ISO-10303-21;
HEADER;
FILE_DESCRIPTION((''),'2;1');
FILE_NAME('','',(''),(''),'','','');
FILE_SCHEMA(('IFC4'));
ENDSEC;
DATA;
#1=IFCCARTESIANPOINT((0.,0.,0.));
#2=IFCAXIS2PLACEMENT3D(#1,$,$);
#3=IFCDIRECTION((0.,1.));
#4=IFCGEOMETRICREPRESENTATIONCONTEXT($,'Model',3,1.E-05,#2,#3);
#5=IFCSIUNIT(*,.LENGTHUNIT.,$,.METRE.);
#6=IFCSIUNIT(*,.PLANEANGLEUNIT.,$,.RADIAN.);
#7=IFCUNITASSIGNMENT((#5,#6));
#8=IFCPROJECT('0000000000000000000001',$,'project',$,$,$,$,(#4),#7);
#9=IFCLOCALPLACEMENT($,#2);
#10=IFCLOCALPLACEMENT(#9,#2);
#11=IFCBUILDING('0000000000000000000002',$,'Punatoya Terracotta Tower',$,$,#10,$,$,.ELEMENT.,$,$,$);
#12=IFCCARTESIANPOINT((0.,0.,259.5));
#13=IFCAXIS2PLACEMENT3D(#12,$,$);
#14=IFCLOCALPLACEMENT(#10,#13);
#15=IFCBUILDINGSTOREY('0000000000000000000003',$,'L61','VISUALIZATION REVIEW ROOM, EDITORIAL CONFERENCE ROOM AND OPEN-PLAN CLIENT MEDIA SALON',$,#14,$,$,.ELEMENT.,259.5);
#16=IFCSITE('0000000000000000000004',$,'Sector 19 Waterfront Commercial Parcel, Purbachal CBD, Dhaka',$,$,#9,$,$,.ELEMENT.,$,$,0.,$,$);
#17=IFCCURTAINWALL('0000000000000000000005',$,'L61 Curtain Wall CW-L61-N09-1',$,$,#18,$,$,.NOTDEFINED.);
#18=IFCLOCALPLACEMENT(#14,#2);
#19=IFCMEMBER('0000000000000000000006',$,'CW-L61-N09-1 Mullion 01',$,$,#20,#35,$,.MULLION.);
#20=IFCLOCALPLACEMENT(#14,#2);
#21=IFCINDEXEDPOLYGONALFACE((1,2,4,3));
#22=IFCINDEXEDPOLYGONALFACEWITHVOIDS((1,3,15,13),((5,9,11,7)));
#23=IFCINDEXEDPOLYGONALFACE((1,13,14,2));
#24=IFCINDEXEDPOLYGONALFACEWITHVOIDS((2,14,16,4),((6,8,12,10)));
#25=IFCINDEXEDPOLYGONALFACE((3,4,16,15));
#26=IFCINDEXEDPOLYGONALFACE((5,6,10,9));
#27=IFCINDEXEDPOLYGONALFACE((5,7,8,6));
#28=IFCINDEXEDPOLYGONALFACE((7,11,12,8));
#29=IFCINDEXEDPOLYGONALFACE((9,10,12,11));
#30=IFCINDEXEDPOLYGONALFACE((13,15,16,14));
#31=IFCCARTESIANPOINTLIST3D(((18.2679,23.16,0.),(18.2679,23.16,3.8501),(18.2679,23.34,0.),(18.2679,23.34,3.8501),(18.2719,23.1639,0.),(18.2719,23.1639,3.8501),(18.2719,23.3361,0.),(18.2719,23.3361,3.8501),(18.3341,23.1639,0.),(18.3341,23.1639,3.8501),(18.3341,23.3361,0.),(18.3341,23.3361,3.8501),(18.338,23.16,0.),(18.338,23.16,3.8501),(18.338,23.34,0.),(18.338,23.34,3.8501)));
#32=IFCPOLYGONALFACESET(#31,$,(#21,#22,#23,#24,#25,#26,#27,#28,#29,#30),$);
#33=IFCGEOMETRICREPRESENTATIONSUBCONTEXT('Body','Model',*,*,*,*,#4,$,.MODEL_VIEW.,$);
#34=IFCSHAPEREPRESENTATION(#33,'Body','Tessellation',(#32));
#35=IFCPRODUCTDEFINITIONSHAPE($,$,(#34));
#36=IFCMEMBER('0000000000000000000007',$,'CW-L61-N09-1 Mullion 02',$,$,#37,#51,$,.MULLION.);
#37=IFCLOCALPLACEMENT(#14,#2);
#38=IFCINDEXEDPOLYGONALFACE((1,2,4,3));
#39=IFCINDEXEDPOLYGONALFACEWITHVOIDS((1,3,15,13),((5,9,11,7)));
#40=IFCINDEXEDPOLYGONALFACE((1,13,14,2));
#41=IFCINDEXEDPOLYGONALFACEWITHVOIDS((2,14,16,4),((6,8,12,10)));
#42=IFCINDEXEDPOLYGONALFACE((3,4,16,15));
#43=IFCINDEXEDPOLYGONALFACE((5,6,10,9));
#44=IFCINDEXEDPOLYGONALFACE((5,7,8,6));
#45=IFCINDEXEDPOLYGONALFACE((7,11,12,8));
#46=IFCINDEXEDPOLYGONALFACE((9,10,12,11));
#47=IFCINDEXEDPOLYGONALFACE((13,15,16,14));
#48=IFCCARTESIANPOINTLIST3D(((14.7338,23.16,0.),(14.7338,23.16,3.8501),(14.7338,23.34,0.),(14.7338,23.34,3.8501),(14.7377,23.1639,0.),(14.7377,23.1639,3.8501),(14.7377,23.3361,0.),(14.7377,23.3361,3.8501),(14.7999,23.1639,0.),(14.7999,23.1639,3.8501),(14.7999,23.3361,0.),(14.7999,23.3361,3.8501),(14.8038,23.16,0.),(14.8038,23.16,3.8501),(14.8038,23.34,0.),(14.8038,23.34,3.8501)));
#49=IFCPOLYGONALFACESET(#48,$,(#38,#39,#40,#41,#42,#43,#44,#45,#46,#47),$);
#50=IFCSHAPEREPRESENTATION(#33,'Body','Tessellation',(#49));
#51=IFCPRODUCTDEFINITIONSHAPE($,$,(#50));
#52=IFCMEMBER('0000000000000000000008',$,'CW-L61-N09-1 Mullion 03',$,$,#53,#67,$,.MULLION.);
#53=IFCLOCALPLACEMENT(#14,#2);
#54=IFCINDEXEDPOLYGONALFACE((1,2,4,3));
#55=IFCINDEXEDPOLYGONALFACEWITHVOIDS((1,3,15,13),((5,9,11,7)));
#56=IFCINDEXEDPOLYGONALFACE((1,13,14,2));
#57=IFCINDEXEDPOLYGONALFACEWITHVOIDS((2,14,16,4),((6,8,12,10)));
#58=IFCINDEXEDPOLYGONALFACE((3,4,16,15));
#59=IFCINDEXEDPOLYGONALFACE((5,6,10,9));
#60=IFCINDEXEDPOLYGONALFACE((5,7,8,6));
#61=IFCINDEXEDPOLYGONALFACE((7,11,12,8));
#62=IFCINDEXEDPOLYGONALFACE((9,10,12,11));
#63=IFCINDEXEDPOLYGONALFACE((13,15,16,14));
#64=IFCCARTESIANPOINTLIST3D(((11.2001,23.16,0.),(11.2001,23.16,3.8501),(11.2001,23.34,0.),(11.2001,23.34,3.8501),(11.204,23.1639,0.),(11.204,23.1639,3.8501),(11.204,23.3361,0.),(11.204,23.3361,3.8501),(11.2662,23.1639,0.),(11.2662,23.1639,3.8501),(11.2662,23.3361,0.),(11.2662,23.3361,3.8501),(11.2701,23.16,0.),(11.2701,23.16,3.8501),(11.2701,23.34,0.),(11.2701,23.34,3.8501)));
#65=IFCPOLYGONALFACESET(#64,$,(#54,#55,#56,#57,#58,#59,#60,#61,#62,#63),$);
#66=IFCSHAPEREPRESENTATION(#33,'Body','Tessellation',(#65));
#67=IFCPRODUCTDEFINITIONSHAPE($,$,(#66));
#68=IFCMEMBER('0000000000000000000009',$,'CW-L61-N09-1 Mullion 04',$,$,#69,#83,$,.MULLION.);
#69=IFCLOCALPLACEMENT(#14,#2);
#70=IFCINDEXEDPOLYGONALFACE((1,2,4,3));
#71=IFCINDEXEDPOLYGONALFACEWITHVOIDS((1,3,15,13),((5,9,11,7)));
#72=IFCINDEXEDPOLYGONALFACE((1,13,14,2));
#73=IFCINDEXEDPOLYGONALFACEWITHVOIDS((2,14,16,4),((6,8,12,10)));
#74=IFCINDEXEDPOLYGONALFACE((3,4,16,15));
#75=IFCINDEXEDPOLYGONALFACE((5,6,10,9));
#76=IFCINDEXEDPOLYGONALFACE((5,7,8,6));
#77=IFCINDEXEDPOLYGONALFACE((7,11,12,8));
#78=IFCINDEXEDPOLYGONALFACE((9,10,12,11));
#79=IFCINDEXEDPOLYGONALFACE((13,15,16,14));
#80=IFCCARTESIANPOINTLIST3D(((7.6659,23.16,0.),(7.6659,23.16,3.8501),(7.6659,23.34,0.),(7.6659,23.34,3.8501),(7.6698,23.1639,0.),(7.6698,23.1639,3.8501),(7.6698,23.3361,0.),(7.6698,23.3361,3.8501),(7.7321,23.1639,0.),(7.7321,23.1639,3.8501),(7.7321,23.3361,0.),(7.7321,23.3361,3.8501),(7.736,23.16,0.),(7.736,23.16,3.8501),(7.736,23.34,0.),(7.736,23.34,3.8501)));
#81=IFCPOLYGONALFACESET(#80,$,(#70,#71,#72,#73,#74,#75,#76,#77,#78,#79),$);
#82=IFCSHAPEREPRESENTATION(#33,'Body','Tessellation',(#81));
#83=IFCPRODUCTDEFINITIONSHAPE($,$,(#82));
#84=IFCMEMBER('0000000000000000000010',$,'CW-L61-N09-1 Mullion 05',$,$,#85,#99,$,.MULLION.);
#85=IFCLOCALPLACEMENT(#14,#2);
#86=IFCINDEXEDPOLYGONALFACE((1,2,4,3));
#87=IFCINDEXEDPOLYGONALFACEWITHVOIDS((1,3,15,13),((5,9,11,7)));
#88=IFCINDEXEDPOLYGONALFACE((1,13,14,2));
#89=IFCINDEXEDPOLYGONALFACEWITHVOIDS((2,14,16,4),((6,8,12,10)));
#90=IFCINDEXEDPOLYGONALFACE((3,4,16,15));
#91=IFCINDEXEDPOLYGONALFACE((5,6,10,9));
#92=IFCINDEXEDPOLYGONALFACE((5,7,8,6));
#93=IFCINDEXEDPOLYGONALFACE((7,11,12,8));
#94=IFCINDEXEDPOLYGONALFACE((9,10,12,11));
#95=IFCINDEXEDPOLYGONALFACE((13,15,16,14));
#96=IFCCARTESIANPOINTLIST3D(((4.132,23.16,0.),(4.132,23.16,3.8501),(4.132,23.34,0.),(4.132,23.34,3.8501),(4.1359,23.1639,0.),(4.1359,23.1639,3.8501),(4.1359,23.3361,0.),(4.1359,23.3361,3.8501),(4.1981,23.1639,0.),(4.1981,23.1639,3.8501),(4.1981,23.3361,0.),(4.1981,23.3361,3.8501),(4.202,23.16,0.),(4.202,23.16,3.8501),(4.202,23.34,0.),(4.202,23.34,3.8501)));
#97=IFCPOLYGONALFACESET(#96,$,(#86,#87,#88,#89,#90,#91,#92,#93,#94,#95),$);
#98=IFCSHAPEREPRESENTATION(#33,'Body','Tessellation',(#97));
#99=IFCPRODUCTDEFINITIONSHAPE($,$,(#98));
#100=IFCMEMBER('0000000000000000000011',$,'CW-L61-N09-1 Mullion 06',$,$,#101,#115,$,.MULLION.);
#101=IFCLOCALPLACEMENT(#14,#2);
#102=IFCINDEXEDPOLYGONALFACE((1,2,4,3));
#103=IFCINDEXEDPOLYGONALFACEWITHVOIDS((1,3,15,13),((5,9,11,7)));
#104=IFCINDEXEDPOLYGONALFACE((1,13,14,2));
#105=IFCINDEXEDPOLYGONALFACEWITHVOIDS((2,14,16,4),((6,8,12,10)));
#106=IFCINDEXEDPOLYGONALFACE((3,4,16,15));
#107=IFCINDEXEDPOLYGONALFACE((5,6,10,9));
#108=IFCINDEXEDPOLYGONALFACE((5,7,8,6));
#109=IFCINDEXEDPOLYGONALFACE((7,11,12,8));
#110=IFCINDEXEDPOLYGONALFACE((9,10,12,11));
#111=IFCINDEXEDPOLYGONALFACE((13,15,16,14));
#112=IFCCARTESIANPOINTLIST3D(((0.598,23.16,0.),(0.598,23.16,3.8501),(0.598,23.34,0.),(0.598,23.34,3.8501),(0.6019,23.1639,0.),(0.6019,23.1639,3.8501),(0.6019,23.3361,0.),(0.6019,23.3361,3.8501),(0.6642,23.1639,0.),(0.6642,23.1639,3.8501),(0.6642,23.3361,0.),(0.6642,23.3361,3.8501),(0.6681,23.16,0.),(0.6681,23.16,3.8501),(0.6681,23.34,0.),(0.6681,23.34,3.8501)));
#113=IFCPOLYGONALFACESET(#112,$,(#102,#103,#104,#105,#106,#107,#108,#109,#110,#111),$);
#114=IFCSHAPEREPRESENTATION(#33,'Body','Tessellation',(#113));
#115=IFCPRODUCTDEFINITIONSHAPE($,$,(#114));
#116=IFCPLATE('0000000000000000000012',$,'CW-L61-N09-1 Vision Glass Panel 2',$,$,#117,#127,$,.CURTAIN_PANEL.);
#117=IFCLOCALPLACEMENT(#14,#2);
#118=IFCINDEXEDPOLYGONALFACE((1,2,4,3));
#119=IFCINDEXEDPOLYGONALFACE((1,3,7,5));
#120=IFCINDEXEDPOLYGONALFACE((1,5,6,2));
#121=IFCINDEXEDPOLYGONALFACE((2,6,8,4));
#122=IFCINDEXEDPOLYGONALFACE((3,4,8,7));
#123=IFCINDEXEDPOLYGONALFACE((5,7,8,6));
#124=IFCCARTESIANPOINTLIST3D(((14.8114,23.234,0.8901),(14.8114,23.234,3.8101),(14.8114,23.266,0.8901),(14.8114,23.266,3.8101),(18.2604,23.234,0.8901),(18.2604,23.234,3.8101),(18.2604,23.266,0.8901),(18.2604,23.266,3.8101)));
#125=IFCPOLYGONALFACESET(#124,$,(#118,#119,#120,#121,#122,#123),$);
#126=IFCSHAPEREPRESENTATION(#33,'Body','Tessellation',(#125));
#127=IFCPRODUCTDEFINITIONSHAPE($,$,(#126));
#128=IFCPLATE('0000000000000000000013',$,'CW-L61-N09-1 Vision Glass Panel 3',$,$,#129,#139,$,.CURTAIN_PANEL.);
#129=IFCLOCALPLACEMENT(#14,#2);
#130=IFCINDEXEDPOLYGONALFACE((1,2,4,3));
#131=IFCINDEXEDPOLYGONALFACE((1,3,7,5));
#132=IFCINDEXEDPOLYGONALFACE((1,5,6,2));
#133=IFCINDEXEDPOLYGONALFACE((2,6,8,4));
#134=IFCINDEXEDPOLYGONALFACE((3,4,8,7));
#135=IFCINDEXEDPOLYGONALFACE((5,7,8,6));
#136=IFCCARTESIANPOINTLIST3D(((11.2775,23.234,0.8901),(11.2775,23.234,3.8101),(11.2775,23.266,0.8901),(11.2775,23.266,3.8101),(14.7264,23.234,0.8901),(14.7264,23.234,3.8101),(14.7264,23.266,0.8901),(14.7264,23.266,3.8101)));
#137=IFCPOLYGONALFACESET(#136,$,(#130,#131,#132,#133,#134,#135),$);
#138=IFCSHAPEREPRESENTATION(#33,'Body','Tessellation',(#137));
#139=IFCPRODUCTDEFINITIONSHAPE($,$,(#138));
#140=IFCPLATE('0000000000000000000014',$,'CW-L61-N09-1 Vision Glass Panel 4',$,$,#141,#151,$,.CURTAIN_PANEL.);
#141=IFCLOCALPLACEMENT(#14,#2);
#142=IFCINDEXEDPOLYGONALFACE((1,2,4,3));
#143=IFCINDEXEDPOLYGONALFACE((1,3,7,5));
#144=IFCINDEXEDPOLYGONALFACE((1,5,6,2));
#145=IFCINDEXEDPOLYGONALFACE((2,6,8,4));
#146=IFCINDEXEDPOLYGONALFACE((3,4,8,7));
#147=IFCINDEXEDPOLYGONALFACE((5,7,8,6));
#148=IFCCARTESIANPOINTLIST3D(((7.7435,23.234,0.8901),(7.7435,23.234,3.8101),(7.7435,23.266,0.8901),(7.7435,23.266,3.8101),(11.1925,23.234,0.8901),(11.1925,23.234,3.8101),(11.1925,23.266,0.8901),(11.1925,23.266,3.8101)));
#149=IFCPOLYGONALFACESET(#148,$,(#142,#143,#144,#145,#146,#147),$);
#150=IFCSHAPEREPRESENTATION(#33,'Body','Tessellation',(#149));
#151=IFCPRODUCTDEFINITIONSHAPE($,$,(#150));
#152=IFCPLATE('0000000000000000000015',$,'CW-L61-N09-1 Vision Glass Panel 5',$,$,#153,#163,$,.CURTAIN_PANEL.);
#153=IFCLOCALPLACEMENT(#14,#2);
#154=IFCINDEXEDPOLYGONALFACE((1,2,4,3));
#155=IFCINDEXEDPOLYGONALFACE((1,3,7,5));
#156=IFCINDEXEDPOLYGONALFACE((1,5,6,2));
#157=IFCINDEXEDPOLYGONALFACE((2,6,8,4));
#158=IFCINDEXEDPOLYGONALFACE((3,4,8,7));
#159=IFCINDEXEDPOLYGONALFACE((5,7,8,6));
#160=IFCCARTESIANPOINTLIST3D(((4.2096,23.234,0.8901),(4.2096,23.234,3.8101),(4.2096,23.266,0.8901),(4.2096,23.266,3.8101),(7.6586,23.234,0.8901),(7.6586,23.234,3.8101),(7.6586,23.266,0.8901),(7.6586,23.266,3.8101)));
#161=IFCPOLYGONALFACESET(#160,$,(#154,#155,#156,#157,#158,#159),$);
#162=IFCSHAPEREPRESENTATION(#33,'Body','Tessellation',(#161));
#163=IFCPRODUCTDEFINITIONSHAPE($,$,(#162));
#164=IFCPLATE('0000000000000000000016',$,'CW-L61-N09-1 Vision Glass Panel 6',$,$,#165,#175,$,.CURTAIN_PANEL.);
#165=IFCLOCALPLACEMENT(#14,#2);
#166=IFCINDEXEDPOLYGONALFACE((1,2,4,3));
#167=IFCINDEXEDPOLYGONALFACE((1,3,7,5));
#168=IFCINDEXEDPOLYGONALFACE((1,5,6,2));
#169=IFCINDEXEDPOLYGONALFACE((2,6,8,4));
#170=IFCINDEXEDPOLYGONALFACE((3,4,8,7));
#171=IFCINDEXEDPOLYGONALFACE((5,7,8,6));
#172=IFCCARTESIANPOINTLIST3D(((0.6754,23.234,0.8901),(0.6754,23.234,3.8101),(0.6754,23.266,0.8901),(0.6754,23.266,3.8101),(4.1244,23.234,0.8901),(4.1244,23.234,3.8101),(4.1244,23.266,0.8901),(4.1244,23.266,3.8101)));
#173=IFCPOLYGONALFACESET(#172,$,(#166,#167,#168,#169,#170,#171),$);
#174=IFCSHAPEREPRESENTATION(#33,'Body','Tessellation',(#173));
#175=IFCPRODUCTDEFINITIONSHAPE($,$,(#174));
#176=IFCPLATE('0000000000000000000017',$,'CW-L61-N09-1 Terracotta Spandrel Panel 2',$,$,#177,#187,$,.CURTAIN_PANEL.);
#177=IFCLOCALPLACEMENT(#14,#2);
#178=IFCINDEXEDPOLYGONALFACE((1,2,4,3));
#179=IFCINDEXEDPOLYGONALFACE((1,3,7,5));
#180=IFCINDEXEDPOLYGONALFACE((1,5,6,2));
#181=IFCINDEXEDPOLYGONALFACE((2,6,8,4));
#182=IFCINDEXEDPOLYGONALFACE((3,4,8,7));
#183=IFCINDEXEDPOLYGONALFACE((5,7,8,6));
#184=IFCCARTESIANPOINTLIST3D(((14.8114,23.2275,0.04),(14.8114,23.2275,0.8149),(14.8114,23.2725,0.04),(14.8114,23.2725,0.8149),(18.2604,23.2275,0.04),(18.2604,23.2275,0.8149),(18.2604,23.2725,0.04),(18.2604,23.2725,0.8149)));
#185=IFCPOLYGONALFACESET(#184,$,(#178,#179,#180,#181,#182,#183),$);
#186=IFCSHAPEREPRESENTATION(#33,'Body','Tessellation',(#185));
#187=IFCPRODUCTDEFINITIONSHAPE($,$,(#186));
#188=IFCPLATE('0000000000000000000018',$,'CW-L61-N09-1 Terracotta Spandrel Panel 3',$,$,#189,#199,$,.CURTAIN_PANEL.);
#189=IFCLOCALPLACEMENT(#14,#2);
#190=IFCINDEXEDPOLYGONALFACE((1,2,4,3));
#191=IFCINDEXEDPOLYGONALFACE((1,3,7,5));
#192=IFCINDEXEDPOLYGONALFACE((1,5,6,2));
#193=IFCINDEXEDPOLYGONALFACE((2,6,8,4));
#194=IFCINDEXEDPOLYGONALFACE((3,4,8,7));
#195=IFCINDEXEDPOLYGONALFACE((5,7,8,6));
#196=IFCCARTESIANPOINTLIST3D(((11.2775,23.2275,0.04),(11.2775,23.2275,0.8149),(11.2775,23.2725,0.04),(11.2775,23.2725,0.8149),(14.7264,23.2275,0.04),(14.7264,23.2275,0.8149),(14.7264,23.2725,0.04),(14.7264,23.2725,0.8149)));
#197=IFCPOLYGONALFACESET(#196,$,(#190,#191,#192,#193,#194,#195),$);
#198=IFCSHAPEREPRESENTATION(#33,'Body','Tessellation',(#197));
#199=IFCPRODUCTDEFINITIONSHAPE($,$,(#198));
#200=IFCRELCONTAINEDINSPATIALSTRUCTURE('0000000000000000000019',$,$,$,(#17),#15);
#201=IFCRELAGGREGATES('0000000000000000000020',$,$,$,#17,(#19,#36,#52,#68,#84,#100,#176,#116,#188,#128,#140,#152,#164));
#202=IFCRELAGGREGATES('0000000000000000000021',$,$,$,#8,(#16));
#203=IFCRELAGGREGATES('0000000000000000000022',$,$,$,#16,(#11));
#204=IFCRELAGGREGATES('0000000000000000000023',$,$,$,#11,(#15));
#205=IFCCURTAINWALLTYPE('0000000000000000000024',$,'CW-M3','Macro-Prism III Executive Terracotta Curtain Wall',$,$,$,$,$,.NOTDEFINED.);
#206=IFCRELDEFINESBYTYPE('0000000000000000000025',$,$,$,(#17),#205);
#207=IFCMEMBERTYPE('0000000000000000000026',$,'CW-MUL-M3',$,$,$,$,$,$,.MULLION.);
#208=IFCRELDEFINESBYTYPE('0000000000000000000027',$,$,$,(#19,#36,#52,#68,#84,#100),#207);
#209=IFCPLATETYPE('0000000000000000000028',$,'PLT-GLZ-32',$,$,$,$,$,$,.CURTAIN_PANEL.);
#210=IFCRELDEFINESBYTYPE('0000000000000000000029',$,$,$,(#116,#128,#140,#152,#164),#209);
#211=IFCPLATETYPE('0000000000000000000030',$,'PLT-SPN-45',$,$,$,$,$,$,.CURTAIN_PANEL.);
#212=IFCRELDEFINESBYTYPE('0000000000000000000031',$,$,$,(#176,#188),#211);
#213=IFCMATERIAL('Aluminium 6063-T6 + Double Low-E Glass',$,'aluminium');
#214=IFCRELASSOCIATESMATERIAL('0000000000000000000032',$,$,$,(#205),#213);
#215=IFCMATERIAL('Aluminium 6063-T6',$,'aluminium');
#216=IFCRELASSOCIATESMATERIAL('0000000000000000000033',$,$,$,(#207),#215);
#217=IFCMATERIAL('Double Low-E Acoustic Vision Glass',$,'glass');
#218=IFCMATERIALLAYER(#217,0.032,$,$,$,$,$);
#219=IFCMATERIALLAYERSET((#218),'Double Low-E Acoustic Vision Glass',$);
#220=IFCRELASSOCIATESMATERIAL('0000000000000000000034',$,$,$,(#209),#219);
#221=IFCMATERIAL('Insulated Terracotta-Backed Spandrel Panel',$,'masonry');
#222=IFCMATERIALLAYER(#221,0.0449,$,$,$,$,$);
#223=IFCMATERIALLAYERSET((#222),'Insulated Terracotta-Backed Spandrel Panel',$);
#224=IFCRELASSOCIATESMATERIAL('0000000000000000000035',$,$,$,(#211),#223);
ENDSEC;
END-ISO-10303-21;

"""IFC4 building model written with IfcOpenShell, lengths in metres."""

from ifc_helpers import new_model, si_unit, direction, frame, origin, origin_2d, place, context, subcontext, project, spatial, rectangle, hollow_rectangle, extrude, material, layer, layer_set, material_profile, profile_set, type_object, element, aggregate, save


model = new_model("IFC4")

# Units and contexts
model_context = context("Model", 3, precision=1e-05, world=origin(), true_north=direction((0.0, 1.0)))
body_context = subcontext(model_context, "Body", "Model", "MODEL_VIEW")
ifc_project = project(units=[si_unit("LENGTHUNIT", "METRE"), si_unit("PLANEANGLEUNIT", "RADIAN")], contexts=[model_context])

# Site, building, storey
site_placement = place(None, origin())
site = spatial("IfcSite", under=ifc_project, at=site_placement, Name="Sector 19 Waterfront Commercial Parcel, Purbachal CBD, Dhaka", CompositionType="ELEMENT", RefElevation=0.0)
building_placement = place(site_placement, origin())
building = spatial("IfcBuilding", under=site, at=building_placement, Name="Punatoya Terracotta Tower", CompositionType="ELEMENT")
storey_placement = place(building_placement, frame((0.0, 0.0, 259.5)))
storey = spatial("IfcBuildingStorey", under=building, at=storey_placement, Name="L61", Description="VISUALIZATION REVIEW ROOM, EDITORIAL CONFERENCE ROOM AND OPEN-PLAN CLIENT MEDIA SALON", CompositionType="ELEMENT", Elevation=259.5)

# Curtain wall, members, plates
ifc_material_1 = material(Name="Aluminium 6063-T6 + Double Low-E Glass", Category="aluminium")
curtain_wall_type = type_object("IfcCurtainWallType", Name="CW-M3", Description="Macro-Prism III Executive Terracotta Curtain Wall", PredefinedType="NOTDEFINED", material=ifc_material_1)
curtain_wall_placement = place(storey_placement, origin())
curtain_wall = element("IfcCurtainWall", 1, at=curtain_wall_placement, inside=storey, type_object=curtain_wall_type, Name="L61 Curtain Wall CW-L61-N09-1", PredefinedType="NOTDEFINED")
ifc_material_2 = material(Name="Aluminium 6063-T6", Category="aluminium")
ifc_material_profile_1 = material_profile(ifc_material_2, hollow_rectangle(XDim=0.0701, YDim=0.1799, WallThickness=0.0039, at=origin_2d()))
ifc_profile_set_1 = profile_set([ifc_material_profile_1], Name="Aluminium 6063-T6")
member_type = type_object("IfcMemberType", Name="CW-MUL-M3", PredefinedType="MULLION", material=ifc_profile_set_1)
member_1_placement = place(storey_placement, frame((18.303, 23.25, 0.0), z_axis=(0.0, 0.0, 1.0), x_axis=(1.0, 0.0, 0.0)))
member_1 = element("IfcMember", 2, at=member_1_placement, type_object=member_type, Name="CW-L61-N09-1 Mullion 01", PredefinedType="MULLION", context=body_context, shape_type="SweptSolid", body=[
    extrude(hollow_rectangle(XDim=0.0701, YDim=0.1799, WallThickness=0.0039, at=origin_2d()), origin(), (0.0, 0.0, 1.0), 3.8501),
])
member_2_placement = place(storey_placement, frame((14.7688, 23.25, 0.0), z_axis=(0.0, 0.0, 1.0), x_axis=(1.0, 0.0, 0.0)))
member_2 = element("IfcMember", 3, at=member_2_placement, type_object=member_type, Name="CW-L61-N09-1 Mullion 02", PredefinedType="MULLION", context=body_context, shape_type="SweptSolid", body=[
    extrude(hollow_rectangle(XDim=0.0701, YDim=0.1799, WallThickness=0.0039, at=origin_2d()), origin(), (0.0, 0.0, 1.0), 3.8501),
])
member_3_placement = place(storey_placement, frame((11.2351, 23.25, 0.0), z_axis=(0.0, 0.0, 1.0), x_axis=(1.0, 0.0, 0.0)))
member_3 = element("IfcMember", 4, at=member_3_placement, type_object=member_type, Name="CW-L61-N09-1 Mullion 03", PredefinedType="MULLION", context=body_context, shape_type="SweptSolid", body=[
    extrude(hollow_rectangle(XDim=0.0701, YDim=0.1799, WallThickness=0.0039, at=origin_2d()), origin(), (0.0, 0.0, 1.0), 3.8501),
])
member_4_placement = place(storey_placement, frame((7.7009, 23.25, 0.0), z_axis=(0.0, 0.0, 1.0), x_axis=(1.0, 0.0, 0.0)))
member_4 = element("IfcMember", 5, at=member_4_placement, type_object=member_type, Name="CW-L61-N09-1 Mullion 04", PredefinedType="MULLION", context=body_context, shape_type="SweptSolid", body=[
    extrude(hollow_rectangle(XDim=0.0701, YDim=0.1799, WallThickness=0.0039, at=origin_2d()), origin(), (0.0, 0.0, 1.0), 3.8501),
])
member_5_placement = place(storey_placement, frame((4.167, 23.25, 0.0), z_axis=(0.0, 0.0, 1.0), x_axis=(1.0, 0.0, 0.0)))
member_5 = element("IfcMember", 6, at=member_5_placement, type_object=member_type, Name="CW-L61-N09-1 Mullion 05", PredefinedType="MULLION", context=body_context, shape_type="SweptSolid", body=[
    extrude(hollow_rectangle(XDim=0.0701, YDim=0.1799, WallThickness=0.0039, at=origin_2d()), origin(), (0.0, 0.0, 1.0), 3.8501),
])
member_6_placement = place(storey_placement, frame((0.6331, 23.25, 0.0), z_axis=(0.0, 0.0, 1.0), x_axis=(1.0, 0.0, 0.0)))
member_6 = element("IfcMember", 7, at=member_6_placement, type_object=member_type, Name="CW-L61-N09-1 Mullion 06", PredefinedType="MULLION", context=body_context, shape_type="SweptSolid", body=[
    extrude(hollow_rectangle(XDim=0.0701, YDim=0.1799, WallThickness=0.0039, at=origin_2d()), origin(), (0.0, 0.0, 1.0), 3.8501),
])
ifc_material_3 = material(Name="Double Low-E Acoustic Vision Glass", Category="glass")
ifc_layer_1 = layer(ifc_material_3, 0.032)
ifc_layer_set_1 = layer_set([ifc_layer_1], Name="Double Low-E Acoustic Vision Glass")
plate_type_1 = type_object("IfcPlateType", Name="PLT-GLZ-32", PredefinedType="CURTAIN_PANEL", material=ifc_layer_set_1)
plate_1_placement = place(storey_placement, frame((16.5359, 23.25, 0.8901), z_axis=(0.0, 0.0, 1.0), x_axis=(-1.0, 0.0, 0.0)))
plate_1 = element("IfcPlate", 8, at=plate_1_placement, type_object=plate_type_1, Name="CW-L61-N09-1 Vision Glass Panel 2", PredefinedType="CURTAIN_PANEL", context=body_context, shape_type="SweptSolid", body=[
    extrude(rectangle(XDim=3.449, YDim=0.032, at=origin_2d()), origin(), (0.0, 0.0, 1.0), 2.9199),
])
plate_2_placement = place(storey_placement, frame((13.002, 23.25, 0.8901), z_axis=(0.0, 0.0, 1.0), x_axis=(-1.0, 0.0, 0.0)))
plate_2 = element("IfcPlate", 9, at=plate_2_placement, type_object=plate_type_1, Name="CW-L61-N09-1 Vision Glass Panel 3", PredefinedType="CURTAIN_PANEL", context=body_context, shape_type="SweptSolid", body=[
    extrude(rectangle(XDim=3.449, YDim=0.032, at=origin_2d()), origin(), (0.0, 0.0, 1.0), 2.9199),
])
plate_3_placement = place(storey_placement, frame((9.468, 23.25, 0.8901), z_axis=(0.0, 0.0, 1.0), x_axis=(-1.0, 0.0, 0.0)))
plate_3 = element("IfcPlate", 10, at=plate_3_placement, type_object=plate_type_1, Name="CW-L61-N09-1 Vision Glass Panel 4", PredefinedType="CURTAIN_PANEL", context=body_context, shape_type="SweptSolid", body=[
    extrude(rectangle(XDim=3.449, YDim=0.032, at=origin_2d()), origin(), (0.0, 0.0, 1.0), 2.9199),
])
plate_4_placement = place(storey_placement, frame((5.9341, 23.25, 0.8901), z_axis=(0.0, 0.0, 1.0), x_axis=(-1.0, 0.0, 0.0)))
plate_4 = element("IfcPlate", 11, at=plate_4_placement, type_object=plate_type_1, Name="CW-L61-N09-1 Vision Glass Panel 5", PredefinedType="CURTAIN_PANEL", context=body_context, shape_type="SweptSolid", body=[
    extrude(rectangle(XDim=3.449, YDim=0.032, at=origin_2d()), origin(), (0.0, 0.0, 1.0), 2.9199),
])
plate_5_placement = place(storey_placement, frame((2.3999, 23.25, 0.8901), z_axis=(0.0, 0.0, 1.0), x_axis=(-1.0, 0.0, 0.0)))
plate_5 = element("IfcPlate", 12, at=plate_5_placement, type_object=plate_type_1, Name="CW-L61-N09-1 Vision Glass Panel 6", PredefinedType="CURTAIN_PANEL", context=body_context, shape_type="SweptSolid", body=[
    extrude(rectangle(XDim=3.449, YDim=0.032, at=origin_2d()), origin(), (0.0, 0.0, 1.0), 2.9199),
])
ifc_material_4 = material(Name="Insulated Terracotta-Backed Spandrel Panel", Category="masonry")
ifc_layer_2 = layer(ifc_material_4, 0.0449)
ifc_layer_set_2 = layer_set([ifc_layer_2], Name="Insulated Terracotta-Backed Spandrel Panel")
plate_type_2 = type_object("IfcPlateType", Name="PLT-SPN-45", PredefinedType="CURTAIN_PANEL", material=ifc_layer_set_2)
plate_6_placement = place(storey_placement, frame((16.5359, 23.25, 0.04), z_axis=(0.0, 0.0, 1.0), x_axis=(-1.0, 0.0, 0.0)))
plate_6 = element("IfcPlate", 13, at=plate_6_placement, type_object=plate_type_2, Name="CW-L61-N09-1 Terracotta Spandrel Panel 2", PredefinedType="CURTAIN_PANEL", context=body_context, shape_type="SweptSolid", body=[
    extrude(rectangle(XDim=3.449, YDim=0.0449, at=origin_2d()), origin(), (0.0, 0.0, 1.0), 0.7749),
])
plate_7_placement = place(storey_placement, frame((13.002, 23.25, 0.04), z_axis=(0.0, 0.0, 1.0), x_axis=(-1.0, 0.0, 0.0)))
plate_7 = element("IfcPlate", 14, at=plate_7_placement, type_object=plate_type_2, Name="CW-L61-N09-1 Terracotta Spandrel Panel 3", PredefinedType="CURTAIN_PANEL", context=body_context, shape_type="SweptSolid", body=[
    extrude(rectangle(XDim=3.449, YDim=0.0449, at=origin_2d()), origin(), (0.0, 0.0, 1.0), 0.7749),
])
aggregate(curtain_wall, [member_1, member_2, member_3, member_4, member_5, member_6, plate_6, plate_1, plate_7, plate_2, plate_3, plate_4, plate_5])

save(model, "model.ifc")
